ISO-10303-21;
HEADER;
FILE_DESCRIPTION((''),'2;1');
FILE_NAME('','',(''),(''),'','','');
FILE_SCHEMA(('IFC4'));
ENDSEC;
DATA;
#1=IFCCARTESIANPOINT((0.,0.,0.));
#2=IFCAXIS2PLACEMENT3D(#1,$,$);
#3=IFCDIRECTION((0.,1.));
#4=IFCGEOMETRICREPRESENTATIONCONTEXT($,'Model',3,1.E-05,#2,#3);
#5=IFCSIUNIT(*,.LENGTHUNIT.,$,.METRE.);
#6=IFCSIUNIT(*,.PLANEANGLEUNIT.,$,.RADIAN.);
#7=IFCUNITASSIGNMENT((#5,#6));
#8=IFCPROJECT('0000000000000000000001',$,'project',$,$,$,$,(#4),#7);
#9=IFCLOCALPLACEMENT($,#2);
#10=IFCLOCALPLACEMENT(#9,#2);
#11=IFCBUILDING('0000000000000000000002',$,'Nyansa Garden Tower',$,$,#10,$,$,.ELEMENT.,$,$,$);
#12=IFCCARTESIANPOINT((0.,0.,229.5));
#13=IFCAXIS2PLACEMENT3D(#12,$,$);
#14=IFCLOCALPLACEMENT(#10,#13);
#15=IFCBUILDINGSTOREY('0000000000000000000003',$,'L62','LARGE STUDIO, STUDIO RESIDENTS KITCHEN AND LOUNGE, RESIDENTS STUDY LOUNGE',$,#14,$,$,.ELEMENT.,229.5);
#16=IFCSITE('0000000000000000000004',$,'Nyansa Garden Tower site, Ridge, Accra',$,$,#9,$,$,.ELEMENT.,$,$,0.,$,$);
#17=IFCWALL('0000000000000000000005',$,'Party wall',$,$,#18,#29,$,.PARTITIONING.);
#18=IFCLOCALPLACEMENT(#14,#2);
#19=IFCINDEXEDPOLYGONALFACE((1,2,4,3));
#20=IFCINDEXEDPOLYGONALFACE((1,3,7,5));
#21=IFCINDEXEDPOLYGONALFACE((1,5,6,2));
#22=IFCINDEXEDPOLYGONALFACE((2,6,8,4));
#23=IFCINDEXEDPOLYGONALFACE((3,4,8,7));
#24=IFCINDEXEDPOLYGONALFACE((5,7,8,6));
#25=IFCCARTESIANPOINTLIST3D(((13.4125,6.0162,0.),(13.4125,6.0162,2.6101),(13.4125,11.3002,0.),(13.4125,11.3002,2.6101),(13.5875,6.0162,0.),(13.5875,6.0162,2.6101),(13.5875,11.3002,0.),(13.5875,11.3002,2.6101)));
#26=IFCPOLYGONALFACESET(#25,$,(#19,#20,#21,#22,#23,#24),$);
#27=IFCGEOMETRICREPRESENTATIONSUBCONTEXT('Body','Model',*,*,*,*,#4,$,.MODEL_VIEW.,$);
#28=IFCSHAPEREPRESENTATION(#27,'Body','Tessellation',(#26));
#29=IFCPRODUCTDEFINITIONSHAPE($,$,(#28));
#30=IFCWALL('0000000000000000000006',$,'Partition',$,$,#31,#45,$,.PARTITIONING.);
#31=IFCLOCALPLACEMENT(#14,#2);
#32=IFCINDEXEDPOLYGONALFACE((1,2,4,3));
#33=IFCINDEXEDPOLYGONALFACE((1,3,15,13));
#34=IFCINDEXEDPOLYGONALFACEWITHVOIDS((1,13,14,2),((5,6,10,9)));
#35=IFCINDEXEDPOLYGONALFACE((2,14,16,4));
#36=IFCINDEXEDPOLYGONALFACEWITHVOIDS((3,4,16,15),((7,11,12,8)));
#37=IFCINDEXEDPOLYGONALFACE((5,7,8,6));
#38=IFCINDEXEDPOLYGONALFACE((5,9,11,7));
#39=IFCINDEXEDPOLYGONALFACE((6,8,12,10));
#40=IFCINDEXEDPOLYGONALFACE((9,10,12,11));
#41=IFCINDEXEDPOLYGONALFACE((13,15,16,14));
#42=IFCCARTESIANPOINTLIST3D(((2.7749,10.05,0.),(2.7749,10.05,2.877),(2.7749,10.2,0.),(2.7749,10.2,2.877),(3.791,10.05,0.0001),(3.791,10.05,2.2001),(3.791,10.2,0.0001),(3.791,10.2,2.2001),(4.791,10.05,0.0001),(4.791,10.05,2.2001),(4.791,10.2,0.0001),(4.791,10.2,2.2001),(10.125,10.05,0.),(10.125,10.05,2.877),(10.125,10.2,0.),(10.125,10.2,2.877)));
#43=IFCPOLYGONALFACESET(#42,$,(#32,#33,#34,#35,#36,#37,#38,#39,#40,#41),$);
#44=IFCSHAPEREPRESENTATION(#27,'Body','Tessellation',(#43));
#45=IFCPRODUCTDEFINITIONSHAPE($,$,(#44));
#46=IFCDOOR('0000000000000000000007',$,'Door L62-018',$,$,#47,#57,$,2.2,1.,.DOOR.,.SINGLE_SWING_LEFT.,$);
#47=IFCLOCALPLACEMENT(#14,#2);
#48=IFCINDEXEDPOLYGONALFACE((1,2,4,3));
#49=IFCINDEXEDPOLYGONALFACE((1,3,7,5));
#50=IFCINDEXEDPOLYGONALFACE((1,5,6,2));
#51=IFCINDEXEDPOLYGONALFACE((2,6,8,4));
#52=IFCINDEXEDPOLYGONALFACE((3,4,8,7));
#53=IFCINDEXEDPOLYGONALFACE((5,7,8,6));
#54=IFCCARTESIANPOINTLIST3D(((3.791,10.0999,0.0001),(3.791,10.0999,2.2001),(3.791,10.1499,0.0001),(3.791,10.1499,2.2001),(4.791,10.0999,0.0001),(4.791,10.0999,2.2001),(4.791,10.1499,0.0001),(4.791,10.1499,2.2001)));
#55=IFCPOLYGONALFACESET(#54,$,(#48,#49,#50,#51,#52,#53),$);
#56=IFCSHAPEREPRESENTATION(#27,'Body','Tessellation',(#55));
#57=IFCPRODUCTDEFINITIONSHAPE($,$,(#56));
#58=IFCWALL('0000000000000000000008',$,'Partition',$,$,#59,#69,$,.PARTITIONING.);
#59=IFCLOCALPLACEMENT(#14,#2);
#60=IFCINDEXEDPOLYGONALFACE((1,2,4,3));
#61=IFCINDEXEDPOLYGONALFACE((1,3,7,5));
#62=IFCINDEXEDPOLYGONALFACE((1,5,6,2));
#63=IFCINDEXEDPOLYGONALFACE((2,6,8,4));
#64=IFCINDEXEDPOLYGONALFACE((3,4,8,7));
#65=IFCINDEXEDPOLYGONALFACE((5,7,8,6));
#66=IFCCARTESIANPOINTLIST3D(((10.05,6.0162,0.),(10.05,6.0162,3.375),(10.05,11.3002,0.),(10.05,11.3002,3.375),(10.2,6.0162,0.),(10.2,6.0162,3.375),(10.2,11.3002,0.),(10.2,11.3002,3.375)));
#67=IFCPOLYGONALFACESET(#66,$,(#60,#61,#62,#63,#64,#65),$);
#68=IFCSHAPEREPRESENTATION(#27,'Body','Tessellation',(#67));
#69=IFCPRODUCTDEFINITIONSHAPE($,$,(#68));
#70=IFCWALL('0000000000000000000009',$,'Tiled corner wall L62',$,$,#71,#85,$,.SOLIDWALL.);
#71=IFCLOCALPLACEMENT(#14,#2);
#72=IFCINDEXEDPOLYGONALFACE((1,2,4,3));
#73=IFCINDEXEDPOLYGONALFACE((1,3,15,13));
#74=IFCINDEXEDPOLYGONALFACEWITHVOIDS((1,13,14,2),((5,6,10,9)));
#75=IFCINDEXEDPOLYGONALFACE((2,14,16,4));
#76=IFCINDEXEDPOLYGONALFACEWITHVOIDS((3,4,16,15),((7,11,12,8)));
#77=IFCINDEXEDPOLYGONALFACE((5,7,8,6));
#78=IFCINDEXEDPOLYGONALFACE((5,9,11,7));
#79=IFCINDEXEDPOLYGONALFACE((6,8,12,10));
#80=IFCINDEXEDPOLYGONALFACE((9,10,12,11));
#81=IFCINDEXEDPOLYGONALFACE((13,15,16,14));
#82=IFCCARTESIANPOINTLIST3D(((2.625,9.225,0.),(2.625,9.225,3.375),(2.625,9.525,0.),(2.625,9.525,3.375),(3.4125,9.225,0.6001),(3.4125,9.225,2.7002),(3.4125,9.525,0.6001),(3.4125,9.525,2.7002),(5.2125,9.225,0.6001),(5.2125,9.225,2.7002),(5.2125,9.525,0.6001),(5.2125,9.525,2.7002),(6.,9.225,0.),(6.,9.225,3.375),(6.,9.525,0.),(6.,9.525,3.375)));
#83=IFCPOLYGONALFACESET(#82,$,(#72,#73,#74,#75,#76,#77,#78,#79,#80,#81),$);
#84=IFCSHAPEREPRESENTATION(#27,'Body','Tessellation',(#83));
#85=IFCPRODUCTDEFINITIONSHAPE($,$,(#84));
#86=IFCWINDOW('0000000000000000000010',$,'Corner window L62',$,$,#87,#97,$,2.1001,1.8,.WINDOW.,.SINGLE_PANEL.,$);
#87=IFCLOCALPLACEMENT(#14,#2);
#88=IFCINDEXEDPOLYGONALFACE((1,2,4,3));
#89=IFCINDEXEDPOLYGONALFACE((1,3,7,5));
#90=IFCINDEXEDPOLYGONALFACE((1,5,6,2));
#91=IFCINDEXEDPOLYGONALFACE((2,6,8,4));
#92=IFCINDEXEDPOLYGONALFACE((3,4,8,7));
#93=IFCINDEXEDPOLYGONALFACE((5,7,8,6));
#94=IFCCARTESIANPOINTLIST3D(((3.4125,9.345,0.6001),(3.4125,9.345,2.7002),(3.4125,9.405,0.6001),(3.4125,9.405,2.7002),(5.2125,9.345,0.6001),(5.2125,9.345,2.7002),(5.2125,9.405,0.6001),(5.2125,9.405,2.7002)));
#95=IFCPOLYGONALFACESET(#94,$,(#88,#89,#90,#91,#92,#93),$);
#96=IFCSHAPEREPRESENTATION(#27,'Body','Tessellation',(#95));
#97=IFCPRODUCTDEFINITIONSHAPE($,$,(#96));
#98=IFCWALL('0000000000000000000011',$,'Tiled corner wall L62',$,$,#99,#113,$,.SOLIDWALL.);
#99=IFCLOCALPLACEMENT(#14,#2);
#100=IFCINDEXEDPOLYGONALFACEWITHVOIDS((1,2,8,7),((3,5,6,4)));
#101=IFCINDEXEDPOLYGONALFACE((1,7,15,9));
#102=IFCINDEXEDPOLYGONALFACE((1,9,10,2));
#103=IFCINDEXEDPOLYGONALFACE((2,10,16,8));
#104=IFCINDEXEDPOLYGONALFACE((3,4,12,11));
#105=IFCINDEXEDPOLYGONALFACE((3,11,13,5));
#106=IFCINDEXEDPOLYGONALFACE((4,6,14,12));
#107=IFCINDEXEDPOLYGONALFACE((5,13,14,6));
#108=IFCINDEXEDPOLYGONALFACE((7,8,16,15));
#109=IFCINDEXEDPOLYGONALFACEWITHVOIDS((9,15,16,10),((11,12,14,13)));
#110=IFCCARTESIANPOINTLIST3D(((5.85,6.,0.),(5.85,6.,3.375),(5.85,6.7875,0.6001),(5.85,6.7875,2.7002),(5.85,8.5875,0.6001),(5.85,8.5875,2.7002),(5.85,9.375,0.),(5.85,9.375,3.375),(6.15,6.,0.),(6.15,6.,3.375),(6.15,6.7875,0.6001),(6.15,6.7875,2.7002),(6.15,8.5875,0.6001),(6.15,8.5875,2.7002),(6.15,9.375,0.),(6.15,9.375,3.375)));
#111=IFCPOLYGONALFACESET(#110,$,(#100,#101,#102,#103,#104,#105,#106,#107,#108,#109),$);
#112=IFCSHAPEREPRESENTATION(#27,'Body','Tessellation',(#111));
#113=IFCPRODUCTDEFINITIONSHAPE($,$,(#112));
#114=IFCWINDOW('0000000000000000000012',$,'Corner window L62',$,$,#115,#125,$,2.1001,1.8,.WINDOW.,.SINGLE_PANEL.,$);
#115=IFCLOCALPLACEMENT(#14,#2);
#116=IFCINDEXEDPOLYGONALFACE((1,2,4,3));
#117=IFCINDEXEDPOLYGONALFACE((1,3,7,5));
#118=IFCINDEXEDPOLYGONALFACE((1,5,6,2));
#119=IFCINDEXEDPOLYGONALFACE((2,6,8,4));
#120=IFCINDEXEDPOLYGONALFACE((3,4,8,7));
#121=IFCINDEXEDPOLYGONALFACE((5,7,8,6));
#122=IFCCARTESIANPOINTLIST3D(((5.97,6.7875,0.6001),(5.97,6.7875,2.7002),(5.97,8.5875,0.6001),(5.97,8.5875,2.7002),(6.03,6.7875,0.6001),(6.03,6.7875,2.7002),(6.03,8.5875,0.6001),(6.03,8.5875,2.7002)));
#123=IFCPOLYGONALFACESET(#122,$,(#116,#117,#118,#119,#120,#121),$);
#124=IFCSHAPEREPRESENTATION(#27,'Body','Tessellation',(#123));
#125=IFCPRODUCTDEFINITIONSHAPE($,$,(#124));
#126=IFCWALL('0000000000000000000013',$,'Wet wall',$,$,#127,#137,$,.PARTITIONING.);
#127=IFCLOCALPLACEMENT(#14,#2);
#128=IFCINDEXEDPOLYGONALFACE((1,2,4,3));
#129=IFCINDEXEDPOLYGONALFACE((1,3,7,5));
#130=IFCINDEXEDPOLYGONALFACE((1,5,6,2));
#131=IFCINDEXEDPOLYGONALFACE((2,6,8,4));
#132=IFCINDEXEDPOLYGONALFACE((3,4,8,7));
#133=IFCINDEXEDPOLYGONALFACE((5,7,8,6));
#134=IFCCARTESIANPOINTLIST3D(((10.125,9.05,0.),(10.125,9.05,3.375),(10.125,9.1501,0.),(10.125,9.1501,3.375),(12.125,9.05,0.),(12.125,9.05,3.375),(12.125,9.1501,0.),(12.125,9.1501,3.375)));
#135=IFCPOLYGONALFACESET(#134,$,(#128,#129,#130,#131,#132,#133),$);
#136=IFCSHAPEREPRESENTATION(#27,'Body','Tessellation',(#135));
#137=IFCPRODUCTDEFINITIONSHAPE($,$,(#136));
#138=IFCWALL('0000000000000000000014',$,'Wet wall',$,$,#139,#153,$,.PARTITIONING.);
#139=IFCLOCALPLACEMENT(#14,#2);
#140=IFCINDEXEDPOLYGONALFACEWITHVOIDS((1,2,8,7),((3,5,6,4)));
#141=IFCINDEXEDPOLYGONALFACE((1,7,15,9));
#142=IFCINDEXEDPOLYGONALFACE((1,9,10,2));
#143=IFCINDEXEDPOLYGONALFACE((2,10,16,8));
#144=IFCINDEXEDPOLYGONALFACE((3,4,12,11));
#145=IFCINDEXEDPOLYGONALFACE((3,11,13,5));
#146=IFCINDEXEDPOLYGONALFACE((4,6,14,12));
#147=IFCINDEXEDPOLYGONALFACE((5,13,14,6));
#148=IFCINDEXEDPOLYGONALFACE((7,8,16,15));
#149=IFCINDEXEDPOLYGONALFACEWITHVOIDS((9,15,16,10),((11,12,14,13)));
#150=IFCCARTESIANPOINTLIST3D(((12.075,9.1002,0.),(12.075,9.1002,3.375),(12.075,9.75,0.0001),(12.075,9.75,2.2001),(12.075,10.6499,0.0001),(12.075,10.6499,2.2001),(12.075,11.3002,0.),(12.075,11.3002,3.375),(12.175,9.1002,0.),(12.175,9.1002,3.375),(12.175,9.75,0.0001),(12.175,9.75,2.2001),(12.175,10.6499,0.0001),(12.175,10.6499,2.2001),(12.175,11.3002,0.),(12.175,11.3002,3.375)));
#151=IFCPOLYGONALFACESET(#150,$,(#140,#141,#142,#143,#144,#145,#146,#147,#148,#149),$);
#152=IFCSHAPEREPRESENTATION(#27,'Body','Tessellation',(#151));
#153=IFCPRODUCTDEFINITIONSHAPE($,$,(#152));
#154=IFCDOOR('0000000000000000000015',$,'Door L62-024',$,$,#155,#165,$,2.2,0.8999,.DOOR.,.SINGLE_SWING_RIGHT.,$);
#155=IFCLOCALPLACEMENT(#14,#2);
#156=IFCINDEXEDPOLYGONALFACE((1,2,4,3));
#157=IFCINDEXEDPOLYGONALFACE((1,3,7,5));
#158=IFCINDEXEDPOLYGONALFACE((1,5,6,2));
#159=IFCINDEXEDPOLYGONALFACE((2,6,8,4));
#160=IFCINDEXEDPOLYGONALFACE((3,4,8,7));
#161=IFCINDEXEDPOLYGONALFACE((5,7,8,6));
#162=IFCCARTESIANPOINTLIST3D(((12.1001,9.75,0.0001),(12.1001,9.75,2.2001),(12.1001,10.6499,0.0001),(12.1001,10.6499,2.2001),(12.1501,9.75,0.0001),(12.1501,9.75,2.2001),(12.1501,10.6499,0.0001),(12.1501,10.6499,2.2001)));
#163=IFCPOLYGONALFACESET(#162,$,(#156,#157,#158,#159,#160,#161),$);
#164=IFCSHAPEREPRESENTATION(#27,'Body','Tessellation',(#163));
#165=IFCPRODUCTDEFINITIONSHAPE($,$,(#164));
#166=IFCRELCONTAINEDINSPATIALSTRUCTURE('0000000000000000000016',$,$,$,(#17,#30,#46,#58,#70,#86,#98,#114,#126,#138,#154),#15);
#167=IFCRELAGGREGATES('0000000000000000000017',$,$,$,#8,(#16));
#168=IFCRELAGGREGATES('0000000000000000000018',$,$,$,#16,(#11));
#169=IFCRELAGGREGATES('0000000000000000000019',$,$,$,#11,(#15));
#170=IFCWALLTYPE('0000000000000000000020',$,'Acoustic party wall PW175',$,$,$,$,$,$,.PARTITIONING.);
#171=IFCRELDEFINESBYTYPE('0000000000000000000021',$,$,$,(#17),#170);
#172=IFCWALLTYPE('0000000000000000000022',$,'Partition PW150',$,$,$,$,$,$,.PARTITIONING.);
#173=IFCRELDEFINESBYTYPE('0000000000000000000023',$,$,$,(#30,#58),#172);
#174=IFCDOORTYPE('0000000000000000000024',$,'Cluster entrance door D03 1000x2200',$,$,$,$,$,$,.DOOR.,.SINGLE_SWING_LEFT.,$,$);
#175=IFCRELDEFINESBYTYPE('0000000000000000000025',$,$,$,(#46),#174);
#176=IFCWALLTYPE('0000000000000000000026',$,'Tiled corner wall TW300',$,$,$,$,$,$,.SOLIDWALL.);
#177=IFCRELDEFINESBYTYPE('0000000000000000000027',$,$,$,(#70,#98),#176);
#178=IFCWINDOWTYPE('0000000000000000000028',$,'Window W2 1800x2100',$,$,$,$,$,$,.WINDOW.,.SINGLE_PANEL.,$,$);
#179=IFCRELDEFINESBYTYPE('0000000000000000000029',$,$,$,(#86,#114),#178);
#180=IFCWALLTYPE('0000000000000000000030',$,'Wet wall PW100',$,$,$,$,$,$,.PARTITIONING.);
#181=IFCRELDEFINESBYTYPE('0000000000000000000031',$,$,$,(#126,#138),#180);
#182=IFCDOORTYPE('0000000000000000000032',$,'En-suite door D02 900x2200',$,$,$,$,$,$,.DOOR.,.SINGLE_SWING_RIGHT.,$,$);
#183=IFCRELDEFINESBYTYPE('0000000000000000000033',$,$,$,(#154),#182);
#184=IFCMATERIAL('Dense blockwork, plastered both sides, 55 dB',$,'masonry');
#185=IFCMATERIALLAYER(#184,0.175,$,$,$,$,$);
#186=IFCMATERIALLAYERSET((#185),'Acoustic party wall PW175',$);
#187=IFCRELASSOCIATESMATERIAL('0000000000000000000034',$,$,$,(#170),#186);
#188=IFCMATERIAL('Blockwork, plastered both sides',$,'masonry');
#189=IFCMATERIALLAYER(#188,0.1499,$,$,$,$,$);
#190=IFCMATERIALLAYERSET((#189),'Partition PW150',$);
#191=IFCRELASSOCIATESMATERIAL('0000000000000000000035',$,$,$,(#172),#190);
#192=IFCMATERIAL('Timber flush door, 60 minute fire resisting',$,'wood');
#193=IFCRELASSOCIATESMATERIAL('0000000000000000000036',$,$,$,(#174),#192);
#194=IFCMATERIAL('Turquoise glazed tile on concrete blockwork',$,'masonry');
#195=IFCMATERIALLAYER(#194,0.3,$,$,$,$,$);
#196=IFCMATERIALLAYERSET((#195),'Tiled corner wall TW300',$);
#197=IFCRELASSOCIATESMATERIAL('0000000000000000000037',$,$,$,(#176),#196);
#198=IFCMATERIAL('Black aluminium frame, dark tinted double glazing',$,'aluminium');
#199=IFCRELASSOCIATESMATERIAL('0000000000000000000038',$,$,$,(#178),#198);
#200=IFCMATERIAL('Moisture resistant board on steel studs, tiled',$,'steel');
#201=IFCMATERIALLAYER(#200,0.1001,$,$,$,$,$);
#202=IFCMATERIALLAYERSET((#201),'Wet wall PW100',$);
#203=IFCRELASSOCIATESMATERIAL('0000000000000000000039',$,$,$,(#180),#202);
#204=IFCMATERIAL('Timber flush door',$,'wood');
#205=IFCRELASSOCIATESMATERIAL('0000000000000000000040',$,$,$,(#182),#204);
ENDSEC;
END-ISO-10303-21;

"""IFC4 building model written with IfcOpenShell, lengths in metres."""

from ifc_helpers import new_model, si_unit, direction, frame, frame_2d, origin, place, context, subcontext, project, spatial, rectangle, extrude, material, layer, layer_set, type_object, element, fill, save


model = new_model("IFC4")

# Units and contexts
model_context = context("Model", 3, precision=1e-05, world=origin(), true_north=direction((0.0, 1.0)))
body_context = subcontext(model_context, "Body", "Model", "MODEL_VIEW")
ifc_project = project(units=[si_unit("LENGTHUNIT", "METRE"), si_unit("PLANEANGLEUNIT", "RADIAN")], contexts=[model_context])

# Site, building, storey
site_placement = place(None, origin())
site = spatial("IfcSite", under=ifc_project, at=site_placement, Name="Nyansa Garden Tower site, Ridge, Accra", CompositionType="ELEMENT", RefElevation=0.0)
building_placement = place(site_placement, origin())
building = spatial("IfcBuilding", under=site, at=building_placement, Name="Nyansa Garden Tower", CompositionType="ELEMENT")
storey_placement = place(building_placement, frame((0.0, 0.0, 229.5)))
storey = spatial("IfcBuildingStorey", under=building, at=storey_placement, Name="L62", Description="LARGE STUDIO, STUDIO RESIDENTS KITCHEN AND LOUNGE, RESIDENTS STUDY LOUNGE", CompositionType="ELEMENT", Elevation=229.5)

# Wall
ifc_material_1 = material(Name="Dense blockwork, plastered both sides, 55 dB", Category="masonry")
ifc_layer_1 = layer(ifc_material_1, 0.175)
ifc_layer_set_1 = layer_set([ifc_layer_1], Name="Acoustic party wall PW175")
wall_type_1 = type_object("IfcWallType", Name="Acoustic party wall PW175", PredefinedType="PARTITIONING", material=ifc_layer_set_1)
wall_1_placement = place(storey_placement, frame((13.5, 6.0161, 0.0), z_axis=(0.0, 0.0, 1.0), x_axis=(0.0, 1.0, 0.0)))
element("IfcWall", 1, at=wall_1_placement, inside=storey, type_object=wall_type_1, Name="Party wall", PredefinedType="PARTITIONING", context=body_context, shape_type="SweptSolid", body=[
    extrude(rectangle(XDim=5.2839, YDim=0.175, at=frame_2d((2.6421, 0.0))), origin(), (0.0, 0.0, 1.0), 2.6101),
])

# Wall, opening, door
ifc_material_2 = material(Name="Blockwork, plastered both sides", Category="masonry")
ifc_layer_2 = layer(ifc_material_2, 0.1499)
ifc_layer_set_2 = layer_set([ifc_layer_2], Name="Partition PW150")
wall_type_2 = type_object("IfcWallType", Name="Partition PW150", PredefinedType="PARTITIONING", material=ifc_layer_set_2)
wall_2_placement = place(storey_placement, frame((2.7749, 10.125, 0.0), z_axis=(0.0, 0.0, 1.0), x_axis=(1.0, 0.0, 0.0)))
wall_2 = element("IfcWall", 2, at=wall_2_placement, inside=storey, type_object=wall_type_2, Name="Partition", PredefinedType="PARTITIONING", context=body_context, shape_type="SweptSolid", body=[
    extrude(rectangle(XDim=7.3501, YDim=0.1499, at=frame_2d((3.675, 0.0))), origin(), (0.0, 0.0, 1.0), 2.877),
])
opening_1_placement = place(wall_2_placement, frame((1.0161, 0.0, 0.0)))
opening_1 = element("IfcOpeningElement", 3, at=opening_1_placement, cuts=wall_2, PredefinedType="OPENING", context=body_context, shape_type="SweptSolid", body=[
    extrude(rectangle(XDim=1.0, YDim=2.2, at=frame_2d((0.5, 1.1001))), frame((0.0, 0.085, 0.0), z_axis=(0.0, -1.0, 0.0), x_axis=(1.0, 0.0, 0.0)), (0.0, 0.0, 1.0), 0.1699),
])
ifc_material_3 = material(Name="Timber flush door, 60 minute fire resisting", Category="wood")
door_type_1 = type_object("IfcDoorType", Name="Cluster entrance door D03 1000x2200", OperationType="SINGLE_SWING_LEFT", PredefinedType="DOOR", material=ifc_material_3)
door_1_placement = place(opening_1_placement, origin())
door_1 = element("IfcDoor", 4, at=door_1_placement, inside=storey, type_object=door_type_1, Name="Door L62-018", OperationType="SINGLE_SWING_LEFT", OverallHeight=2.2, OverallWidth=1.0, PredefinedType="DOOR", context=body_context, shape_type="SweptSolid", body=[
    extrude(rectangle(XDim=1.0, YDim=2.2, at=frame_2d((0.5, 1.1001))), frame((0.0, 0.0249, 0.0), z_axis=(0.0, -1.0, 0.0), x_axis=(1.0, 0.0, 0.0)), (0.0, 0.0, 1.0), 0.05),
])
fill(opening_1, door_1)

# Wall
wall_3_placement = place(storey_placement, frame((10.125, 6.0161, 0.0), z_axis=(0.0, 0.0, 1.0), x_axis=(0.0, 1.0, 0.0)))
element("IfcWall", 5, at=wall_3_placement, inside=storey, type_object=wall_type_2, Name="Partition", PredefinedType="PARTITIONING", context=body_context, shape_type="SweptSolid", body=[
    extrude(rectangle(XDim=5.2839, YDim=0.1499, at=frame_2d((2.6421, 0.0))), origin(), (0.0, 0.0, 1.0), 3.375),
])

# Walls, openings, windows
ifc_material_4 = material(Name="Turquoise glazed tile on concrete blockwork", Category="masonry")
ifc_layer_3 = layer(ifc_material_4, 0.3)
ifc_layer_set_3 = layer_set([ifc_layer_3], Name="Tiled corner wall TW300")
wall_type_3 = type_object("IfcWallType", Name="Tiled corner wall TW300", PredefinedType="SOLIDWALL", material=ifc_layer_set_3)
wall_4_placement = place(storey_placement, frame((2.625, 9.375, 0.0), z_axis=(0.0, 0.0, 1.0), x_axis=(1.0, 0.0, 0.0)))
wall_4 = element("IfcWall", 6, at=wall_4_placement, inside=storey, type_object=wall_type_3, Name="Tiled corner wall L62", PredefinedType="SOLIDWALL", context=body_context, shape_type="SweptSolid", body=[
    extrude(rectangle(XDim=3.375, YDim=0.3, at=frame_2d((1.6875, 0.0))), origin(), (0.0, 0.0, 1.0), 3.375),
])
opening_2_placement = place(wall_4_placement, frame((0.7876, 0.0, 0.6001)))
opening_2 = element("IfcOpeningElement", 7, at=opening_2_placement, cuts=wall_4, PredefinedType="OPENING", context=body_context, shape_type="SweptSolid", body=[
    extrude(rectangle(XDim=1.8, YDim=2.1001, at=frame_2d((0.8999, 1.05))), frame((0.0, 0.1599, 0.0), z_axis=(0.0, -1.0, 0.0), x_axis=(1.0, 0.0, 0.0)), (0.0, 0.0, 1.0), 0.3201),
])
ifc_material_5 = material(Name="Black aluminium frame, dark tinted double glazing", Category="aluminium")
window_type = type_object("IfcWindowType", Name="Window W2 1800x2100", PartitioningType="SINGLE_PANEL", PredefinedType="WINDOW", material=ifc_material_5)
window_1_placement = place(opening_2_placement, origin())
window_1 = element("IfcWindow", 8, at=window_1_placement, inside=storey, type_object=window_type, Name="Corner window L62", OverallHeight=2.1001, OverallWidth=1.8, PartitioningType="SINGLE_PANEL", PredefinedType="WINDOW", context=body_context, shape_type="SweptSolid", body=[
    extrude(rectangle(XDim=1.8, YDim=2.1001, at=frame_2d((0.8999, 1.05))), frame((0.0, 0.03, 0.0), z_axis=(0.0, -1.0, 0.0), x_axis=(1.0, 0.0, 0.0)), (0.0, 0.0, 1.0), 0.0601),
])
fill(opening_2, window_1)
wall_5_placement = place(storey_placement, frame((6.0, 9.375, 0.0), z_axis=(0.0, 0.0, 1.0), x_axis=(0.0, -1.0, 0.0)))
wall_5 = element("IfcWall", 9, at=wall_5_placement, inside=storey, type_object=wall_type_3, Name="Tiled corner wall L62", PredefinedType="SOLIDWALL", context=body_context, shape_type="SweptSolid", body=[
    extrude(rectangle(XDim=3.375, YDim=0.3, at=frame_2d((1.6875, 0.0))), origin(), (0.0, 0.0, 1.0), 3.375),
])
opening_3_placement = place(wall_5_placement, frame((0.7876, 0.0, 0.6001)))
opening_3 = element("IfcOpeningElement", 10, at=opening_3_placement, cuts=wall_5, PredefinedType="OPENING", context=body_context, shape_type="SweptSolid", body=[
    extrude(rectangle(XDim=1.8, YDim=2.1001, at=frame_2d((0.8999, 1.05))), frame((0.0, 0.1599, 0.0), z_axis=(0.0, -1.0, 0.0), x_axis=(1.0, 0.0, 0.0)), (0.0, 0.0, 1.0), 0.3201),
])
window_2_placement = place(opening_3_placement, origin())
window_2 = element("IfcWindow", 11, at=window_2_placement, inside=storey, type_object=window_type, Name="Corner window L62", OverallHeight=2.1001, OverallWidth=1.8, PartitioningType="SINGLE_PANEL", PredefinedType="WINDOW", context=body_context, shape_type="SweptSolid", body=[
    extrude(rectangle(XDim=1.8, YDim=2.1001, at=frame_2d((0.8999, 1.05))), frame((0.0, 0.03, 0.0), z_axis=(0.0, -1.0, 0.0), x_axis=(1.0, 0.0, 0.0)), (0.0, 0.0, 1.0), 0.0601),
])
fill(opening_3, window_2)

# Wall
ifc_material_6 = material(Name="Moisture resistant board on steel studs, tiled", Category="steel")
ifc_layer_4 = layer(ifc_material_6, 0.1001)
ifc_layer_set_4 = layer_set([ifc_layer_4], Name="Wet wall PW100")
wall_type_4 = type_object("IfcWallType", Name="Wet wall PW100", PredefinedType="PARTITIONING", material=ifc_layer_set_4)
wall_6_placement = place(storey_placement, frame((10.125, 9.1001, 0.0), z_axis=(0.0, 0.0, 1.0), x_axis=(1.0, 0.0, 0.0)))
element("IfcWall", 12, at=wall_6_placement, inside=storey, type_object=wall_type_4, Name="Wet wall", PredefinedType="PARTITIONING", context=body_context, shape_type="SweptSolid", body=[
    extrude(rectangle(XDim=2.0, YDim=0.1001, at=frame_2d((1.0, 0.0))), origin(), (0.0, 0.0, 1.0), 3.375),
])

# Wall, opening, door
wall_7_placement = place(storey_placement, frame((12.125, 9.1001, 0.0), z_axis=(0.0, 0.0, 1.0), x_axis=(0.0, 1.0, 0.0)))
wall_7 = element("IfcWall", 13, at=wall_7_placement, inside=storey, type_object=wall_type_4, Name="Wet wall", PredefinedType="PARTITIONING", context=body_context, shape_type="SweptSolid", body=[
    extrude(rectangle(XDim=2.2, YDim=0.1001, at=frame_2d((1.1001, 0.0))), origin(), (0.0, 0.0, 1.0), 3.375),
])
opening_4_placement = place(wall_7_placement, frame((0.6499, 0.0, 0.0)))
opening_4 = element("IfcOpeningElement", 14, at=opening_4_placement, cuts=wall_7, PredefinedType="OPENING", context=body_context, shape_type="SweptSolid", body=[
    extrude(rectangle(XDim=0.8999, YDim=2.2, at=frame_2d((0.45, 1.1001))), frame((0.0, 0.0601, 0.0), z_axis=(0.0, -1.0, 0.0), x_axis=(1.0, 0.0, 0.0)), (0.0, 0.0, 1.0), 0.1201),
])
ifc_material_7 = material(Name="Timber flush door", Category="wood")
door_type_2 = type_object("IfcDoorType", Name="En-suite door D02 900x2200", OperationType="SINGLE_SWING_RIGHT", PredefinedType="DOOR", material=ifc_material_7)
door_2_placement = place(opening_4_placement, origin())
door_2 = element("IfcDoor", 15, at=door_2_placement, inside=storey, type_object=door_type_2, Name="Door L62-024", OperationType="SINGLE_SWING_RIGHT", OverallHeight=2.2, OverallWidth=0.8999, PredefinedType="DOOR", context=body_context, shape_type="SweptSolid", body=[
    extrude(rectangle(XDim=0.8999, YDim=2.2, at=frame_2d((0.45, 1.1001))), frame((0.0, 0.0249, 0.0), z_axis=(0.0, -1.0, 0.0), x_axis=(1.0, 0.0, 0.0)), (0.0, 0.0, 1.0), 0.05),
])
fill(opening_4, door_2)

save(model, "model.ifc")
